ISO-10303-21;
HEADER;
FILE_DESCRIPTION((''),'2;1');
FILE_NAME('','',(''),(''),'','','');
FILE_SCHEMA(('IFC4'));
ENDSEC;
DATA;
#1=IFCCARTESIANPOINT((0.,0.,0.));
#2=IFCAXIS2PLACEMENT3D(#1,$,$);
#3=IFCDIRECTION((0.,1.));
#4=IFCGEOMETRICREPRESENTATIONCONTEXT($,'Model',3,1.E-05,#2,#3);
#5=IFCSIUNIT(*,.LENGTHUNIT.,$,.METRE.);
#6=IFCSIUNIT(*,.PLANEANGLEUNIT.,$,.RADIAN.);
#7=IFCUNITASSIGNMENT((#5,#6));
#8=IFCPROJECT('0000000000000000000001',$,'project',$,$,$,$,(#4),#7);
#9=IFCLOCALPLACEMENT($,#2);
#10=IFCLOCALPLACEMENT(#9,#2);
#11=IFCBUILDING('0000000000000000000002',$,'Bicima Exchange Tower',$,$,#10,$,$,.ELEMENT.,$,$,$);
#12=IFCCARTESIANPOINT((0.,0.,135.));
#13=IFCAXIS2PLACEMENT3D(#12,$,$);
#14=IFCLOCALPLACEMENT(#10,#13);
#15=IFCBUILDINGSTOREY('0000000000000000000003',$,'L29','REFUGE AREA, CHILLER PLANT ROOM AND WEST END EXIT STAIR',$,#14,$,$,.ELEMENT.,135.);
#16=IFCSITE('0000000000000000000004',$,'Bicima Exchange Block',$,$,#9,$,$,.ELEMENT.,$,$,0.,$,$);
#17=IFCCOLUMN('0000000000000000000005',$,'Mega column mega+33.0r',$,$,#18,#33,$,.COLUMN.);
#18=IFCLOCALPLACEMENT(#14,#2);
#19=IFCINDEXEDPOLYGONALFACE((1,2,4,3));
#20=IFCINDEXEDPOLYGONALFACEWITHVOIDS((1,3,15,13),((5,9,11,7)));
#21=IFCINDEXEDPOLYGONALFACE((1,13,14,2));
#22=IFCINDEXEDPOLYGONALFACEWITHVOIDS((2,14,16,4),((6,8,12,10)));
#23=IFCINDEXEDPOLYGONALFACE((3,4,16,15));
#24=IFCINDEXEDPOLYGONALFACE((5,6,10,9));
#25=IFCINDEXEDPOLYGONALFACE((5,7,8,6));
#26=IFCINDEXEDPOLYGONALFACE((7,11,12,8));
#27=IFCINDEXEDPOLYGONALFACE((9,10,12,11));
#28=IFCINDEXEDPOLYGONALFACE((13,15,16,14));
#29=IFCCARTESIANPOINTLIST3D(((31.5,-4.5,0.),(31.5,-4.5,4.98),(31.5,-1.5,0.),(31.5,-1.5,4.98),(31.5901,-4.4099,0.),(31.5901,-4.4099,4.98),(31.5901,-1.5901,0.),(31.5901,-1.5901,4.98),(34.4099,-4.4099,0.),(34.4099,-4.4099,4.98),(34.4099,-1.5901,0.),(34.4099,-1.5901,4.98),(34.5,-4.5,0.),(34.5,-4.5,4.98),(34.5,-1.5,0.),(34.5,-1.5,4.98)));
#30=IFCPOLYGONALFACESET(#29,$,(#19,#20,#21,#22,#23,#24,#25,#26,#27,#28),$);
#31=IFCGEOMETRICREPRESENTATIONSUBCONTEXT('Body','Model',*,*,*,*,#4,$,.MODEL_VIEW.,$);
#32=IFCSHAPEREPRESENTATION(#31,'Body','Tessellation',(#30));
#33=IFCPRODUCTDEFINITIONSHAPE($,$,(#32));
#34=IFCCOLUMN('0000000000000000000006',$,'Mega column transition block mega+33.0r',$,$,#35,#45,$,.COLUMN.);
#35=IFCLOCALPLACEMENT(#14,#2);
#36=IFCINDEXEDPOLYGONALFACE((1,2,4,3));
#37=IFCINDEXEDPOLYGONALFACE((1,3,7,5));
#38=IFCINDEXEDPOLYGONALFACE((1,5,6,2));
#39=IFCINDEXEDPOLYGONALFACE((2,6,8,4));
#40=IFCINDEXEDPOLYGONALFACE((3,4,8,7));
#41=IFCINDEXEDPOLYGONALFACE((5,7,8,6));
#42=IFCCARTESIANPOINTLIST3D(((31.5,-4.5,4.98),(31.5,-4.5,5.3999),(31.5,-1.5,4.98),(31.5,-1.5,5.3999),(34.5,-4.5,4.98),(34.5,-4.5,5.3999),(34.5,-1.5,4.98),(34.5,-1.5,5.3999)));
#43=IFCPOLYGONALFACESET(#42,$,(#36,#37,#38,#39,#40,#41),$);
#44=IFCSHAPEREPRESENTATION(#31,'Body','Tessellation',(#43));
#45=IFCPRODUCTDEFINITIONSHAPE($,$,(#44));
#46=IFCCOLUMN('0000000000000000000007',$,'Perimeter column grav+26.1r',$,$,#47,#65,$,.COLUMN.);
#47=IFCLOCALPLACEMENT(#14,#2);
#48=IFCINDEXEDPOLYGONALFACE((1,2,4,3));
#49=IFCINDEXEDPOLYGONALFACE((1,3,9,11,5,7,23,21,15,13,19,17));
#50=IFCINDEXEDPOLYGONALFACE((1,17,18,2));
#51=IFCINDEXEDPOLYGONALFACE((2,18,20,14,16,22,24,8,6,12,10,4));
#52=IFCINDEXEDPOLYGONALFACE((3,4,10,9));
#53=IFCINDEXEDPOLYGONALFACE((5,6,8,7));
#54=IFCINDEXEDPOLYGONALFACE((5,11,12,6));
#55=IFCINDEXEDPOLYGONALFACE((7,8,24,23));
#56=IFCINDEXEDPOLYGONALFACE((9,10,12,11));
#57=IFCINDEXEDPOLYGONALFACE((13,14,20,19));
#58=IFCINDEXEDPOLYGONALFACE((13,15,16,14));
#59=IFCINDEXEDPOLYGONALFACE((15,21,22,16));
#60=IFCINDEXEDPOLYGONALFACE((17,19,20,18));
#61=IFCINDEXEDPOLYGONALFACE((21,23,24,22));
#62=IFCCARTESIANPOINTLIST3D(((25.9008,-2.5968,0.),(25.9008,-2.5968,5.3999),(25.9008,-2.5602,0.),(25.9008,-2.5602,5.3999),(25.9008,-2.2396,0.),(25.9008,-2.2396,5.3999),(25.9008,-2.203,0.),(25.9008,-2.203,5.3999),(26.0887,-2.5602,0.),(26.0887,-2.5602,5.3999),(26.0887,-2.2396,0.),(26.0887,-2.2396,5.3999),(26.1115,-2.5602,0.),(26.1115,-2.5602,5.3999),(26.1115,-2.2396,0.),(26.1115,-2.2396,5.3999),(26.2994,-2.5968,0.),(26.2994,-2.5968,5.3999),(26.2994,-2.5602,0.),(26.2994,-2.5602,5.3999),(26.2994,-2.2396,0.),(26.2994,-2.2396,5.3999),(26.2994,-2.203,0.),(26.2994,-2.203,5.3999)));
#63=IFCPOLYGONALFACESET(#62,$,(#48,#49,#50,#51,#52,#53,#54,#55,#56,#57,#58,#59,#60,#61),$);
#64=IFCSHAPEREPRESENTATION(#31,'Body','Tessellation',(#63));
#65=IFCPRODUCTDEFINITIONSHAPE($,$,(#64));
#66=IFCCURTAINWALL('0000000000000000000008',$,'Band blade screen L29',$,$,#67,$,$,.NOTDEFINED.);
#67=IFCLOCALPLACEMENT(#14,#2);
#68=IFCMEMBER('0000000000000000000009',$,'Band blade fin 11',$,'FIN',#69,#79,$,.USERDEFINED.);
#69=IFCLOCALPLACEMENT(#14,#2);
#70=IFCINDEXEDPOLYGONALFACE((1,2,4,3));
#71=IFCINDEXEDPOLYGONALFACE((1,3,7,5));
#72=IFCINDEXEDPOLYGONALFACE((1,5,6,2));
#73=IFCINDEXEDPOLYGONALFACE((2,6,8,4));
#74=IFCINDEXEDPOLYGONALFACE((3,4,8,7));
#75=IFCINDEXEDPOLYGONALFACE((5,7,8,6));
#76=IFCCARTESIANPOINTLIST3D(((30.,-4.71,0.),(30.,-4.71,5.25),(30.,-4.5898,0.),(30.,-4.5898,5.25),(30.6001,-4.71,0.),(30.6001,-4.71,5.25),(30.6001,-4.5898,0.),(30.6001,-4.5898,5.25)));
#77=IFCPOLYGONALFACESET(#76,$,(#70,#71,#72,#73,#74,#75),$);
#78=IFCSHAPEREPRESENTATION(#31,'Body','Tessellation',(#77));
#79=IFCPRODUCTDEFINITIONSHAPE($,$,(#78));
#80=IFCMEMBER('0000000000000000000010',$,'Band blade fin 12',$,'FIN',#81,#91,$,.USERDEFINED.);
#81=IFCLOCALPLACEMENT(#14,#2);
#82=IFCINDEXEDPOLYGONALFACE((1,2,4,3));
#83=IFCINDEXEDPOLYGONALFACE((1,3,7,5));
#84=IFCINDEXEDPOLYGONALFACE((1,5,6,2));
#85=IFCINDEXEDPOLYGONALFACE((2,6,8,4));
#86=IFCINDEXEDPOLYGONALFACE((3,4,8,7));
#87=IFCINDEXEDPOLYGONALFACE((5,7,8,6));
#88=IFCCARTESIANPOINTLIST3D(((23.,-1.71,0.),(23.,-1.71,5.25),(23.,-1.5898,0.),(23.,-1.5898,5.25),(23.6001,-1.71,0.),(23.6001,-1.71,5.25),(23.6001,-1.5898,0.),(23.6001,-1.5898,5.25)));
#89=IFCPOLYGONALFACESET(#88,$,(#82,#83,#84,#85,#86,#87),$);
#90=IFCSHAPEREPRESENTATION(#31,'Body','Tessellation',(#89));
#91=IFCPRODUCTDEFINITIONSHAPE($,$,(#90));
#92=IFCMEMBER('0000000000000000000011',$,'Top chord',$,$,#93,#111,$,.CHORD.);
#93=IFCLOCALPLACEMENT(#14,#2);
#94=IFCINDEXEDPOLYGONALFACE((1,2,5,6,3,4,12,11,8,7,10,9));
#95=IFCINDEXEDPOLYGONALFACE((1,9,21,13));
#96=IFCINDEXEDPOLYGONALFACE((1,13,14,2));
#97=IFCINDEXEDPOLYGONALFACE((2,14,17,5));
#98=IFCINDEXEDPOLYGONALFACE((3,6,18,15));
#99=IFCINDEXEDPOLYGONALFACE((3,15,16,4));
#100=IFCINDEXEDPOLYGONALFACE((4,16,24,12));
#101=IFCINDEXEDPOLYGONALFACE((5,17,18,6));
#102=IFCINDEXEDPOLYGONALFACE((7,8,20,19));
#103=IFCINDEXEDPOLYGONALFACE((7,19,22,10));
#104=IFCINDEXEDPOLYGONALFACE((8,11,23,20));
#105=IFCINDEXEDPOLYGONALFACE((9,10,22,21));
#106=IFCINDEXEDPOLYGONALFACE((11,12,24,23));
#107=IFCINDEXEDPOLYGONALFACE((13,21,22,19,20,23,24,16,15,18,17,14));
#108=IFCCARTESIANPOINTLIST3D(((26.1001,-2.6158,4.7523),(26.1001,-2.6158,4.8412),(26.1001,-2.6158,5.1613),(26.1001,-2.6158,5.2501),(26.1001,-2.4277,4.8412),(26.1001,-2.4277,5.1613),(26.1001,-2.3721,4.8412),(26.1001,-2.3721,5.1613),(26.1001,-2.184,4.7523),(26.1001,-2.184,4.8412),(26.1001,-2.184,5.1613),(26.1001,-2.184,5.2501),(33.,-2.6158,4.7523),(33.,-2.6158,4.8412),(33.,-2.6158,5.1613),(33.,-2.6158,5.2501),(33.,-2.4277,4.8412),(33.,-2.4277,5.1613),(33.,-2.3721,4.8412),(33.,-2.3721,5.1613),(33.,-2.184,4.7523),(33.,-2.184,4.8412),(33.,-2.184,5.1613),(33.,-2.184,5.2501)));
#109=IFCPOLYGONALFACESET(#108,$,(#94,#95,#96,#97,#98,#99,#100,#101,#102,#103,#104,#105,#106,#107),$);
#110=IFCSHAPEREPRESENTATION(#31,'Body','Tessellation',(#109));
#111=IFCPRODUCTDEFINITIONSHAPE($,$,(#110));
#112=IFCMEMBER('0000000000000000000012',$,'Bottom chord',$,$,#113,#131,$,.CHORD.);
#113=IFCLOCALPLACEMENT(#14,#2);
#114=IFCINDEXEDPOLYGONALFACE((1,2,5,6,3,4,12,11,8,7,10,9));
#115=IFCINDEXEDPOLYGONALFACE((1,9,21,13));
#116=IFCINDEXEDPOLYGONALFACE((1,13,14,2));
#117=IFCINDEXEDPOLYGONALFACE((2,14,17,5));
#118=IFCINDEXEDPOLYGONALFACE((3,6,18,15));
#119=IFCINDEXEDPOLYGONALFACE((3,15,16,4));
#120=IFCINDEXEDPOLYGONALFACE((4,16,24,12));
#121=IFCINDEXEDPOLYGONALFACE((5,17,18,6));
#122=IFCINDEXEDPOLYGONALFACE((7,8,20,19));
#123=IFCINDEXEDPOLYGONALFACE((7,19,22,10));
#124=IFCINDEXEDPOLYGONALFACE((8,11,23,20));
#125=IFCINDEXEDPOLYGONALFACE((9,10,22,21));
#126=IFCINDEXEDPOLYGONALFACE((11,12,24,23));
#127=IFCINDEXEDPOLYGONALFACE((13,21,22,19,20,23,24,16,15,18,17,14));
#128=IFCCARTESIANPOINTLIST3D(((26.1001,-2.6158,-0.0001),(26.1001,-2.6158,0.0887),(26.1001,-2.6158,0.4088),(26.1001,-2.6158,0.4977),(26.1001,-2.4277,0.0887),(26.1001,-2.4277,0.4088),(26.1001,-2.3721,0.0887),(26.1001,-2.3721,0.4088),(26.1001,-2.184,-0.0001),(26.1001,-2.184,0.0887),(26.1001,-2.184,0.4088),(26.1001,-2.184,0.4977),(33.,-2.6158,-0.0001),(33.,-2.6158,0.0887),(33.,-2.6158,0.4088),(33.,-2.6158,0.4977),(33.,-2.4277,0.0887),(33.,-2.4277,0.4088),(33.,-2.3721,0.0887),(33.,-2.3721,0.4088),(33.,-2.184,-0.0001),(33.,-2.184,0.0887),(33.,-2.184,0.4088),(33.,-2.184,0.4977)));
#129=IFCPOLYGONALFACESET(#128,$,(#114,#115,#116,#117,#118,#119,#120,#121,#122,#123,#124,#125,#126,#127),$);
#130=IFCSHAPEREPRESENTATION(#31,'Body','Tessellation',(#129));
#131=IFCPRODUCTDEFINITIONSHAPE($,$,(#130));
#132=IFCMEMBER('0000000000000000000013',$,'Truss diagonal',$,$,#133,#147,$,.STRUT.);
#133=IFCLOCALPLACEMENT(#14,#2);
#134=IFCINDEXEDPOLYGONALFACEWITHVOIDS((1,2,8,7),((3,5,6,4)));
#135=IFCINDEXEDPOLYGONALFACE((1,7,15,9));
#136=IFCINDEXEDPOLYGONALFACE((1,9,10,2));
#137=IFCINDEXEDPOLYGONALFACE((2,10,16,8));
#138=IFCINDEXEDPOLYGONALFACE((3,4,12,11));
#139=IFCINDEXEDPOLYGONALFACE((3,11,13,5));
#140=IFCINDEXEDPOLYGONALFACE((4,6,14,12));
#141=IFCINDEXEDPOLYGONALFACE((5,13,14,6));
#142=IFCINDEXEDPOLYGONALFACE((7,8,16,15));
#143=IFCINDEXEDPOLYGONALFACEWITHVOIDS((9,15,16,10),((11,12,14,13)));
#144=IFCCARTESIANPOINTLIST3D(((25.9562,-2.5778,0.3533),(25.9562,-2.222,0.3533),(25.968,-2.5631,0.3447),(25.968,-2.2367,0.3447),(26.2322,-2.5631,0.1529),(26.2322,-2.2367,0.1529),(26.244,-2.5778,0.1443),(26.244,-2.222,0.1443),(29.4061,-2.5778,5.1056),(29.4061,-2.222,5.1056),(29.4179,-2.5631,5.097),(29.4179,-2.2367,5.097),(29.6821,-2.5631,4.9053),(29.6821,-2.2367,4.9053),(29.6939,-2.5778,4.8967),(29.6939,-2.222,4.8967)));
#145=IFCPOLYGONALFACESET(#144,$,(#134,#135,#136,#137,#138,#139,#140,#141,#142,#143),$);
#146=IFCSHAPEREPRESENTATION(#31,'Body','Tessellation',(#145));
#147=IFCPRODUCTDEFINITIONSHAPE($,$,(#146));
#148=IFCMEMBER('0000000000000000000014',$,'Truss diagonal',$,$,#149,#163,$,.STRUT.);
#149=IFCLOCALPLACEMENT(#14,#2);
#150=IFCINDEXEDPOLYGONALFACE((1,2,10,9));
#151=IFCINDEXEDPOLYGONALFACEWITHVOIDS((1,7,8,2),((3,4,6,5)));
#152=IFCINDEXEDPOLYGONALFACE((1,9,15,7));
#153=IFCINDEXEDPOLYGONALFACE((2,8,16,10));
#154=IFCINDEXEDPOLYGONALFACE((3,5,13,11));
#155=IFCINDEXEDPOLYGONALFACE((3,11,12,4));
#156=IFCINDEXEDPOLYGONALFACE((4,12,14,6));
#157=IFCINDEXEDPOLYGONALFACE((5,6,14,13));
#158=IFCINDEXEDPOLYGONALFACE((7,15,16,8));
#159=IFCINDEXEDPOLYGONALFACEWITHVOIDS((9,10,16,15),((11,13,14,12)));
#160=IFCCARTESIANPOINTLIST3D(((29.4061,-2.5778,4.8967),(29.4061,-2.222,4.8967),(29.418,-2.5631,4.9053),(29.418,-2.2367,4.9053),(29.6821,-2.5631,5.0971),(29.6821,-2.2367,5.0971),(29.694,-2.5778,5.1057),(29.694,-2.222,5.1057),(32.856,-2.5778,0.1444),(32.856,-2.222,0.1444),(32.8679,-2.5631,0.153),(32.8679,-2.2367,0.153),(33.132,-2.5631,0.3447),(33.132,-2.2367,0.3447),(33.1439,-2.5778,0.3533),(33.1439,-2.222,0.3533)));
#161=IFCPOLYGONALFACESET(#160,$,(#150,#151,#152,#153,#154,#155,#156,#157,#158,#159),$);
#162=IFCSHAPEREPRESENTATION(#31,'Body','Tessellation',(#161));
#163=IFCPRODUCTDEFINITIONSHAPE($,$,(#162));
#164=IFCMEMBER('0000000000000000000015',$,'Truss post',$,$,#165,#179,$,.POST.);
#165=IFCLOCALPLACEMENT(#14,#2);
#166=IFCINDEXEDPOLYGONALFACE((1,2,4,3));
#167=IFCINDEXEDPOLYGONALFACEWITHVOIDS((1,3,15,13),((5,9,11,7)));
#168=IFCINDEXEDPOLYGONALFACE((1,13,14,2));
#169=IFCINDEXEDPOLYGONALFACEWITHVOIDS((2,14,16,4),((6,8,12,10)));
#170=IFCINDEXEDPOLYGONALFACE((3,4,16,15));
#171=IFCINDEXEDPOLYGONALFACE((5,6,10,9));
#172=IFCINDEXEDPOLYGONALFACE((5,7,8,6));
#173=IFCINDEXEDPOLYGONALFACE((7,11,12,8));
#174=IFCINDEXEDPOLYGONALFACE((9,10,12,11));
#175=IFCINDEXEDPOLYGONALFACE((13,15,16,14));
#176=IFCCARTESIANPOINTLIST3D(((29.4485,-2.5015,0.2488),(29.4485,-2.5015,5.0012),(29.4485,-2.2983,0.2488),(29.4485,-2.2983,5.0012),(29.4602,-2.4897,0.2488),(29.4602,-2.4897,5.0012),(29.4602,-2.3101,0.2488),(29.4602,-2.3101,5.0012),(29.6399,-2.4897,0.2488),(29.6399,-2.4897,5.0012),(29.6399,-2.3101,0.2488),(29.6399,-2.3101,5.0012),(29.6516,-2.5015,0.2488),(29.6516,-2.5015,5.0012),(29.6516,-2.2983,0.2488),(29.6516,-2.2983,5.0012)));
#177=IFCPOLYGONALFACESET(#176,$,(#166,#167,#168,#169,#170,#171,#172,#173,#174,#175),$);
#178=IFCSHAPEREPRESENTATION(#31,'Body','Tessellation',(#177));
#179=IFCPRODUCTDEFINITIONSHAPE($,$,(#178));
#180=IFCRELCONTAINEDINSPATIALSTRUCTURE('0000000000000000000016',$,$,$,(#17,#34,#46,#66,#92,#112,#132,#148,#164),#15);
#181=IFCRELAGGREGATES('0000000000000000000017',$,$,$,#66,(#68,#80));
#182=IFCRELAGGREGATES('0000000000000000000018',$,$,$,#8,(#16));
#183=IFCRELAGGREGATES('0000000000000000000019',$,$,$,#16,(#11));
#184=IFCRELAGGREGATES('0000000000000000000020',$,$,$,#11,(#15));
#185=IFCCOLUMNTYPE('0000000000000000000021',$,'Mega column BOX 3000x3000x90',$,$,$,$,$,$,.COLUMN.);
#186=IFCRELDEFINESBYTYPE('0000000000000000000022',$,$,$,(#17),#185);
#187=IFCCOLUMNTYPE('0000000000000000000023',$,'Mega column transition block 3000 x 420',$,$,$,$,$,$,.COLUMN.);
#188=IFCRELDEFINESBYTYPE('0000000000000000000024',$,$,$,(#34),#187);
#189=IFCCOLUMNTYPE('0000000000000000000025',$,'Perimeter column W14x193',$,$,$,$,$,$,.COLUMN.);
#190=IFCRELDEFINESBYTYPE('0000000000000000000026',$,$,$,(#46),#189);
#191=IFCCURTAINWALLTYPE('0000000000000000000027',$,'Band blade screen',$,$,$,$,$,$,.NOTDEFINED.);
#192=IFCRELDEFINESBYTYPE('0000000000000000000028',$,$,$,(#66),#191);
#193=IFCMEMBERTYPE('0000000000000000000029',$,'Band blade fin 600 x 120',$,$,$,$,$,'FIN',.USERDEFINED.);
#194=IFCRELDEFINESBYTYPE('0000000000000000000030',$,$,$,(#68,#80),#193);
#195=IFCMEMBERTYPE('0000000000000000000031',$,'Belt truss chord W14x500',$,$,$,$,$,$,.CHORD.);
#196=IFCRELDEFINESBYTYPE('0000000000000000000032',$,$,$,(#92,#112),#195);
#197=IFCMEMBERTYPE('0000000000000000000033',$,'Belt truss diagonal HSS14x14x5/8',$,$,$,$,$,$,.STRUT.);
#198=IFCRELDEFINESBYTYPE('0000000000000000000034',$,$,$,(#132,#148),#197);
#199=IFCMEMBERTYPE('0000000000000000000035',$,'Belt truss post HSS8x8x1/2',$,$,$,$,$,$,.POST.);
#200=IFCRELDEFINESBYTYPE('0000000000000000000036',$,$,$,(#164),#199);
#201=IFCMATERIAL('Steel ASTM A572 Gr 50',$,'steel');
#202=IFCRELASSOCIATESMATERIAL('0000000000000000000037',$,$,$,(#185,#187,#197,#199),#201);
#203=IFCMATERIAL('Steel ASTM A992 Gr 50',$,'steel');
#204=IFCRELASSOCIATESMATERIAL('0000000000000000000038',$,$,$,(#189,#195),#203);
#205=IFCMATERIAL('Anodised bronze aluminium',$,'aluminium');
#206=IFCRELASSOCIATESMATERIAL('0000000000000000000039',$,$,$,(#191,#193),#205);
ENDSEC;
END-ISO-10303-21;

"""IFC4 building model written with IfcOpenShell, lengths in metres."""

from ifc_helpers import new_model, si_unit, direction, frame, origin, origin_2d, place, context, subcontext, project, spatial, rectangle, hollow_rectangle, i_section, extrude, material, material_profile, profile_set, type_object, element, aggregate, save


model = new_model("IFC4")

# Units and contexts
model_context = context("Model", 3, precision=1e-05, world=origin(), true_north=direction((0.0, 1.0)))
body_context = subcontext(model_context, "Body", "Model", "MODEL_VIEW")
ifc_project = project(units=[si_unit("LENGTHUNIT", "METRE"), si_unit("PLANEANGLEUNIT", "RADIAN")], contexts=[model_context])

# Site, building, storey
site_placement = place(None, origin())
site = spatial("IfcSite", under=ifc_project, at=site_placement, Name="Bicima Exchange Block", CompositionType="ELEMENT", RefElevation=0.0)
building_placement = place(site_placement, origin())
building = spatial("IfcBuilding", under=site, at=building_placement, Name="Bicima Exchange Tower", CompositionType="ELEMENT")
storey_placement = place(building_placement, frame((0.0, 0.0, 135.0)))
storey = spatial("IfcBuildingStorey", under=building, at=storey_placement, Name="L29", Description="REFUGE AREA, CHILLER PLANT ROOM AND WEST END EXIT STAIR", CompositionType="ELEMENT", Elevation=135.0)

# Columns
ifc_material_1 = material(Name="Steel ASTM A572 Gr 50", Category="steel")
ifc_material_profile_1 = material_profile(ifc_material_1, hollow_rectangle(XDim=3.0, YDim=3.0, WallThickness=0.0901, at=origin_2d()))
ifc_profile_set_1 = profile_set([ifc_material_profile_1], Name="Steel ASTM A572 Gr 50")
column_type_1 = type_object("IfcColumnType", Name="Mega column BOX 3000x3000x90", PredefinedType="COLUMN", material=ifc_profile_set_1)
column_1_placement = place(storey_placement, frame((33.0, -3.0, 0.0), z_axis=(0.0, 0.0, 1.0), x_axis=(1.0, 0.0, 0.0)))
element("IfcColumn", 1, at=column_1_placement, inside=storey, type_object=column_type_1, Name="Mega column mega+33.0r", PredefinedType="COLUMN", context=body_context, shape_type="SweptSolid", body=[
    extrude(hollow_rectangle(XDim=3.0, YDim=3.0, WallThickness=0.0901, at=origin_2d()), origin(), (0.0, 0.0, 1.0), 4.98),
])
ifc_material_profile_2 = material_profile(ifc_material_1, rectangle(XDim=3.0, YDim=3.0, at=origin_2d()))
ifc_profile_set_2 = profile_set([ifc_material_profile_2], Name="Steel ASTM A572 Gr 50")
column_type_2 = type_object("IfcColumnType", Name="Mega column transition block 3000 x 420", PredefinedType="COLUMN", material=ifc_profile_set_2)
column_2_placement = place(storey_placement, frame((33.0, -3.0, 4.98), z_axis=(0.0, 0.0, 1.0), x_axis=(1.0, 0.0, 0.0)))
element("IfcColumn", 2, at=column_2_placement, inside=storey, type_object=column_type_2, Name="Mega column transition block mega+33.0r", PredefinedType="COLUMN", context=body_context, shape_type="SweptSolid", body=[
    extrude(rectangle(XDim=3.0, YDim=3.0, at=origin_2d()), origin(), (0.0, 0.0, 1.0), 0.4199),
])
ifc_material_2 = material(Name="Steel ASTM A992 Gr 50", Category="steel")
ifc_material_profile_3 = material_profile(ifc_material_2, i_section(OverallWidth=0.3987, OverallDepth=0.3938, WebThickness=0.0227, FlangeThickness=0.0366, at=origin_2d()))
ifc_profile_set_3 = profile_set([ifc_material_profile_3], Name="Steel ASTM A992 Gr 50")
column_type_3 = type_object("IfcColumnType", Name="Perimeter column W14x193", PredefinedType="COLUMN", material=ifc_profile_set_3)
column_3_placement = place(storey_placement, frame((26.1001, -2.3999, 0.0), z_axis=(0.0, 0.0, 1.0), x_axis=(1.0, 0.0, 0.0)))
element("IfcColumn", 3, at=column_3_placement, inside=storey, type_object=column_type_3, Name="Perimeter column grav+26.1r", PredefinedType="COLUMN", context=body_context, shape_type="SweptSolid", body=[
    extrude(i_section(OverallWidth=0.3987, OverallDepth=0.3938, WebThickness=0.0227, FlangeThickness=0.0366, at=origin_2d()), origin(), (0.0, 0.0, 1.0), 5.3999),
])

# Curtain wall, members
ifc_material_3 = material(Name="Anodised bronze aluminium", Category="aluminium")
curtain_wall_type = type_object("IfcCurtainWallType", Name="Band blade screen", PredefinedType="NOTDEFINED", material=ifc_material_3)
curtain_wall_placement = place(storey_placement, origin())
curtain_wall = element("IfcCurtainWall", 4, at=curtain_wall_placement, inside=storey, type_object=curtain_wall_type, Name="Band blade screen L29", PredefinedType="NOTDEFINED")
ifc_material_profile_4 = material_profile(ifc_material_3, rectangle(XDim=0.6001, YDim=0.1201, at=origin_2d()))
ifc_profile_set_4 = profile_set([ifc_material_profile_4], Name="Anodised bronze aluminium")
member_type_1 = type_object("IfcMemberType", Name="Band blade fin 600 x 120", ElementType="FIN", PredefinedType="USERDEFINED", material=ifc_profile_set_4)
member_1_placement = place(storey_placement, frame((30.3, -4.6499, 0.0), z_axis=(0.0, 0.0, 1.0), x_axis=(-1.0, 0.0, 0.0)))
member_1 = element("IfcMember", 5, at=member_1_placement, type_object=member_type_1, Name="Band blade fin 11", ObjectType="FIN", PredefinedType="USERDEFINED", context=body_context, shape_type="SweptSolid", body=[
    extrude(rectangle(XDim=0.6001, YDim=0.1201, at=origin_2d()), origin(), (0.0, 0.0, 1.0), 5.25),
])
member_2_placement = place(storey_placement, frame((23.3, -1.6499, 0.0), z_axis=(0.0, 0.0, 1.0), x_axis=(-1.0, 0.0, 0.0)))
member_2 = element("IfcMember", 6, at=member_2_placement, type_object=member_type_1, Name="Band blade fin 12", ObjectType="FIN", PredefinedType="USERDEFINED", context=body_context, shape_type="SweptSolid", body=[
    extrude(rectangle(XDim=0.6001, YDim=0.1201, at=origin_2d()), origin(), (0.0, 0.0, 1.0), 5.25),
])
aggregate(curtain_wall, [member_1, member_2])

# Members
ifc_material_profile_5 = material_profile(ifc_material_2, i_section(OverallWidth=0.4319, OverallDepth=0.4978, WebThickness=0.0557, FlangeThickness=0.0889, at=origin_2d()))
ifc_profile_set_5 = profile_set([ifc_material_profile_5], Name="Steel ASTM A992 Gr 50")
member_type_2 = type_object("IfcMemberType", Name="Belt truss chord W14x500", PredefinedType="CHORD", material=ifc_profile_set_5)
for number, where, z_axis, x_axis, name in (
    (7, (26.1001, -2.3999, 5.0012), (1.0, 0.0, 0.0), (0.0, 1.0, 0.0), "Top chord"),
    (8, (26.1001, -2.3999, 0.2488), (1.0, 0.0, 0.0), (0.0, 1.0, 0.0), "Bottom chord"),
):
    element("IfcMember", number, at=place(storey_placement, frame(where, z_axis=z_axis, x_axis=x_axis)), inside=storey, type_object=member_type_2, Name=name, PredefinedType="CHORD", context=body_context, shape_type="SweptSolid", body=[
        extrude(i_section(OverallWidth=0.4319, OverallDepth=0.4978, WebThickness=0.0557, FlangeThickness=0.0889, at=origin_2d()), origin(), (0.0, 0.0, 1.0), 6.8999),
    ])
ifc_material_profile_6 = material_profile(ifc_material_1, hollow_rectangle(XDim=0.3557, YDim=0.3557, WallThickness=0.0146, at=origin_2d()))
ifc_profile_set_6 = profile_set([ifc_material_profile_6], Name="Steel ASTM A572 Gr 50")
member_type_3 = type_object("IfcMemberType", Name="Belt truss diagonal HSS14x14x5/8", PredefinedType="STRUT", material=ifc_profile_set_6)
for number, where, z_axis, x_axis, name in (
    (9, (26.1001, -2.3999, 0.2488), (0.587462, 0.0, 0.809252), (0.0, 1.0, 0.0), "Truss diagonal"),
    (10, (29.55, -2.3999, 5.0012), (0.587462, 0.0, -0.809252), (0.0, 1.0, 0.0), "Truss diagonal"),
):
    element("IfcMember", number, at=place(storey_placement, frame(where, z_axis=z_axis, x_axis=x_axis)), inside=storey, type_object=member_type_3, Name=name, PredefinedType="STRUT", context=body_context, shape_type="SweptSolid", body=[
        extrude(hollow_rectangle(XDim=0.3557, YDim=0.3557, WallThickness=0.0146, at=origin_2d()), origin(), (0.0, 0.0, 1.0), 5.8726),
    ])
ifc_material_profile_7 = material_profile(ifc_material_1, hollow_rectangle(XDim=0.2031, YDim=0.2031, WallThickness=0.0117, at=origin_2d()))
ifc_profile_set_7 = profile_set([ifc_material_profile_7], Name="Steel ASTM A572 Gr 50")
member_type_4 = type_object("IfcMemberType", Name="Belt truss post HSS8x8x1/2", PredefinedType="POST", material=ifc_profile_set_7)
member_3_placement = place(storey_placement, frame((29.55, -2.3999, 0.2488), z_axis=(0.0, 0.0, 1.0), x_axis=(1.0, 0.0, 0.0)))
element("IfcMember", 11, at=member_3_placement, inside=storey, type_object=member_type_4, Name="Truss post", PredefinedType="POST", context=body_context, shape_type="SweptSolid", body=[
    extrude(hollow_rectangle(XDim=0.2031, YDim=0.2031, WallThickness=0.0117, at=origin_2d()), origin(), (0.0, 0.0, 1.0), 4.7524),
])

save(model, "model.ifc")
